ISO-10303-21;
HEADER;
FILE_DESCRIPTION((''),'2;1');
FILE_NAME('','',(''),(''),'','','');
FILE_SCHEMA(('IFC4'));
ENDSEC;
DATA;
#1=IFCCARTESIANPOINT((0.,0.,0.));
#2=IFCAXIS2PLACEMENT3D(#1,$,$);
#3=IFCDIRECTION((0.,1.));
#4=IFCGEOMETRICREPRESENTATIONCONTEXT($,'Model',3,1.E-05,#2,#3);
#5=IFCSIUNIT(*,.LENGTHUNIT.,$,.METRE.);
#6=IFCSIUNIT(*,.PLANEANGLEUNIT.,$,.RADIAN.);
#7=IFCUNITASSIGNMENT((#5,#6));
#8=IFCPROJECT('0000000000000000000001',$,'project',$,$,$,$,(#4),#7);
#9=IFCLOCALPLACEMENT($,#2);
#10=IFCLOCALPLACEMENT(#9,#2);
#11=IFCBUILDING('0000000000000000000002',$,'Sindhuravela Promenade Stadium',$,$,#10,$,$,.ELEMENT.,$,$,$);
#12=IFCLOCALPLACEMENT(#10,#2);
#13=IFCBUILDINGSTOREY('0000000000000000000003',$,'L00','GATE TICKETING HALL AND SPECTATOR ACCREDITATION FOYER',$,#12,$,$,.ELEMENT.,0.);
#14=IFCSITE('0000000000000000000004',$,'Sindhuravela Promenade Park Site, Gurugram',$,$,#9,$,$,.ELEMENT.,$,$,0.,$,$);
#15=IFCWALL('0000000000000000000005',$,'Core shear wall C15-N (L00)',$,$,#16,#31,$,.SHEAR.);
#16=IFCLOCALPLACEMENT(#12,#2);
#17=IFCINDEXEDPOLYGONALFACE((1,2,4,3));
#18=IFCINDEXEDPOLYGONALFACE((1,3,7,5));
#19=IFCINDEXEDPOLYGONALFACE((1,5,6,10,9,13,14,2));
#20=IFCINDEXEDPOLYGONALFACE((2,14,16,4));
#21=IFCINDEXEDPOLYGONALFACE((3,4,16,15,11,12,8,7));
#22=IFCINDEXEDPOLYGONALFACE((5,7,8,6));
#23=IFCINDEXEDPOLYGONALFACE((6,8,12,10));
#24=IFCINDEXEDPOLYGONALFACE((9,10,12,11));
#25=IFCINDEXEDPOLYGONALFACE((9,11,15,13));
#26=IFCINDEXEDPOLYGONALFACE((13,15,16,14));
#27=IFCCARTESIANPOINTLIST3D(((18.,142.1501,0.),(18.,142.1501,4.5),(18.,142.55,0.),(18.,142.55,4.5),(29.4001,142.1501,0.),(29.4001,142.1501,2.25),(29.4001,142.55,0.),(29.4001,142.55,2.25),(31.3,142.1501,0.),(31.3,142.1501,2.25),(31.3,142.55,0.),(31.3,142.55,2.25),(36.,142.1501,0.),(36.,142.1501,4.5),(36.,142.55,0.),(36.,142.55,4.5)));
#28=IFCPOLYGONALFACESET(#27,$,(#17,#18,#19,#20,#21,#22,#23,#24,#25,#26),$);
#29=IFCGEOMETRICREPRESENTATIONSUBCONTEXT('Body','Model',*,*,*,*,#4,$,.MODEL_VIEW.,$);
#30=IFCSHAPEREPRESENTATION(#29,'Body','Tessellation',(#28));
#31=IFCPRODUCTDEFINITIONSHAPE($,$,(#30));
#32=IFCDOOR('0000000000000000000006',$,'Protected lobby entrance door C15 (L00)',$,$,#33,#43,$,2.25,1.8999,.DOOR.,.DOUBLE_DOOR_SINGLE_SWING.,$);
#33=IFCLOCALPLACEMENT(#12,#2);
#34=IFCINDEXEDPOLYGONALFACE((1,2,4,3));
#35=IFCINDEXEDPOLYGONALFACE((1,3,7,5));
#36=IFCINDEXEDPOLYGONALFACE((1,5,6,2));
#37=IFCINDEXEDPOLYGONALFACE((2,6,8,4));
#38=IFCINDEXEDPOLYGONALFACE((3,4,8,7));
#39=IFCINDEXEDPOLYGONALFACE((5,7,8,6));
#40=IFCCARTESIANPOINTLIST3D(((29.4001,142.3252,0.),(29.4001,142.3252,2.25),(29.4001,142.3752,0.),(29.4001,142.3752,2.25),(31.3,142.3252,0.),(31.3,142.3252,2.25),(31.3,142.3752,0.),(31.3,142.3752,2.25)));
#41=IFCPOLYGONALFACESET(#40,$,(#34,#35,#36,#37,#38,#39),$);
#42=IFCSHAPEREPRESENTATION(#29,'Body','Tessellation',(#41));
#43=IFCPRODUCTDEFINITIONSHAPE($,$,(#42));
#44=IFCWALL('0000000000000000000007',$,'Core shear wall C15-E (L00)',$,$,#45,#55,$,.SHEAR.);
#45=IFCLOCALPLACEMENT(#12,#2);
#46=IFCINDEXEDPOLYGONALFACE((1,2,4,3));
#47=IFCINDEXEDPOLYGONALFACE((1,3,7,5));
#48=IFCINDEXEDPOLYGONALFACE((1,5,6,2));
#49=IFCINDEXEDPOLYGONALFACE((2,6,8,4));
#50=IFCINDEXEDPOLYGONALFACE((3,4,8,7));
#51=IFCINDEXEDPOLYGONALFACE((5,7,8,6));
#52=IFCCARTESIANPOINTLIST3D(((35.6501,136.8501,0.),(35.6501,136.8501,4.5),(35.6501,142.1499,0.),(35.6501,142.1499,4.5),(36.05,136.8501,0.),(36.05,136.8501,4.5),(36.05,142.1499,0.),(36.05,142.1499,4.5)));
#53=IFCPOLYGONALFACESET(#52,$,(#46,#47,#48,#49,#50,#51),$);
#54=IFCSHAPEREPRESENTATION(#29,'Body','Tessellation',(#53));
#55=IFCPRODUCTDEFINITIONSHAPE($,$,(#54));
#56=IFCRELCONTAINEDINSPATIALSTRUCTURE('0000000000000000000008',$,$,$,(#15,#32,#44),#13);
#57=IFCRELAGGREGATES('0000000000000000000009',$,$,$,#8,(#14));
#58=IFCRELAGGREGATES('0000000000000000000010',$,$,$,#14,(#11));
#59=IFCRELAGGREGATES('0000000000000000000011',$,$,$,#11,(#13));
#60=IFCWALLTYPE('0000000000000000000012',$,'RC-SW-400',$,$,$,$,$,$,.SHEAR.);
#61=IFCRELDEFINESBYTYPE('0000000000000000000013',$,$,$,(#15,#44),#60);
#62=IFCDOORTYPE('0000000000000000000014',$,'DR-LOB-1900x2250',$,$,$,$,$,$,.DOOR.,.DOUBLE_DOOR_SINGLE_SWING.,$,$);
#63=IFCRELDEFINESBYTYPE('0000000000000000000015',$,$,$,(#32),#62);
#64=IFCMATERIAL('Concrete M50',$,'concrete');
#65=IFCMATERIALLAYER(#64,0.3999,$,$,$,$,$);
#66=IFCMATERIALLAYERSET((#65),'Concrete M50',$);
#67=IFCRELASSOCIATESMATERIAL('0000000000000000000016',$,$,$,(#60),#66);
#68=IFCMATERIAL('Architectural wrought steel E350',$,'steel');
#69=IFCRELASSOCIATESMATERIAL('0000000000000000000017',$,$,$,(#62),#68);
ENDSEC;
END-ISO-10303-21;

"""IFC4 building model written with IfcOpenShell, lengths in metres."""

from ifc_helpers import new_model, si_unit, direction, frame, frame_2d, origin, place, context, subcontext, project, spatial, rectangle, extrude, material, layer, layer_set, type_object, element, fill, save


model = new_model("IFC4")

# Units and contexts
model_context = context("Model", 3, precision=1e-05, world=origin(), true_north=direction((0.0, 1.0)))
body_context = subcontext(model_context, "Body", "Model", "MODEL_VIEW")
ifc_project = project(units=[si_unit("LENGTHUNIT", "METRE"), si_unit("PLANEANGLEUNIT", "RADIAN")], contexts=[model_context])

# Site, building, storey
site_placement = place(None, origin())
site = spatial("IfcSite", under=ifc_project, at=site_placement, Name="Sindhuravela Promenade Park Site, Gurugram", CompositionType="ELEMENT", RefElevation=0.0)
building_placement = place(site_placement, origin())
building = spatial("IfcBuilding", under=site, at=building_placement, Name="Sindhuravela Promenade Stadium", CompositionType="ELEMENT")
storey_placement = place(building_placement, origin())
storey = spatial("IfcBuildingStorey", under=building, at=storey_placement, Name="L00", Description="GATE TICKETING HALL AND SPECTATOR ACCREDITATION FOYER", CompositionType="ELEMENT", Elevation=0.0)

# Shared definitions
ifc_material_1 = material(Name="Concrete M50", Category="concrete")

# Wall, opening, door
ifc_layer_1 = layer(ifc_material_1, 0.3999)
ifc_layer_set_1 = layer_set([ifc_layer_1], Name="Concrete M50")
wall_type_1 = type_object("IfcWallType", Name="RC-SW-400", PredefinedType="SHEAR", material=ifc_layer_set_1)
wall_1_placement = place(storey_placement, frame((36.0, 142.3501, 0.0), z_axis=(0.0, 0.0, 1.0), x_axis=(-1.0, 0.0, 0.0)))
wall_1 = element("IfcWall", 1, at=wall_1_placement, inside=storey, type_object=wall_type_1, Name="Core shear wall C15-N (L00)", PredefinedType="SHEAR", context=body_context, shape_type="SweptSolid", body=[
    extrude(rectangle(XDim=18.0, YDim=0.3999, at=frame_2d((9.0, 0.0))), origin(), (0.0, 0.0, 1.0), 4.5),
])
opening_1_placement = place(wall_1_placement, frame((4.7, 0.0, 0.0)))
opening_1 = element("IfcOpeningElement", 2, at=opening_1_placement, cuts=wall_1, PredefinedType="OPENING", context=body_context, shape_type="SweptSolid", body=[
    extrude(rectangle(XDim=1.8999, YDim=2.25, at=frame_2d((0.95, 1.125))), frame((0.0, 0.21, 0.0), z_axis=(0.0, -1.0, 0.0), x_axis=(1.0, 0.0, 0.0)), (0.0, 0.0, 1.0), 0.4199),
])
ifc_material_2 = material(Name="Architectural wrought steel E350", Category="steel")
door_type_1 = type_object("IfcDoorType", Name="DR-LOB-1900x2250", OperationType="DOUBLE_DOOR_SINGLE_SWING", PredefinedType="DOOR", material=ifc_material_2)
door_1_placement = place(opening_1_placement, origin())
door_1 = element("IfcDoor", 3, at=door_1_placement, inside=storey, type_object=door_type_1, Name="Protected lobby entrance door C15 (L00)", OperationType="DOUBLE_DOOR_SINGLE_SWING", OverallHeight=2.25, OverallWidth=1.8999, PredefinedType="DOOR", context=body_context, shape_type="SweptSolid", body=[
    extrude(rectangle(XDim=1.8999, YDim=2.25, at=frame_2d((0.95, 1.125))), frame((0.0, 0.0249, 0.0), z_axis=(0.0, -1.0, 0.0), x_axis=(1.0, 0.0, 0.0)), (0.0, 0.0, 1.0), 0.05),
])
fill(opening_1, door_1)

# Wall
wall_2_placement = place(storey_placement, frame((35.8501, 136.8501, 0.0), z_axis=(0.0, 0.0, 1.0), x_axis=(0.0, 1.0, 0.0)))
element("IfcWall", 4, at=wall_2_placement, inside=storey, type_object=wall_type_1, Name="Core shear wall C15-E (L00)", PredefinedType="SHEAR", context=body_context, shape_type="SweptSolid", body=[
    extrude(rectangle(XDim=5.2998, YDim=0.3999, at=frame_2d((2.6499, 0.0))), origin(), (0.0, 0.0, 1.0), 4.5),
])

save(model, "model.ifc")
